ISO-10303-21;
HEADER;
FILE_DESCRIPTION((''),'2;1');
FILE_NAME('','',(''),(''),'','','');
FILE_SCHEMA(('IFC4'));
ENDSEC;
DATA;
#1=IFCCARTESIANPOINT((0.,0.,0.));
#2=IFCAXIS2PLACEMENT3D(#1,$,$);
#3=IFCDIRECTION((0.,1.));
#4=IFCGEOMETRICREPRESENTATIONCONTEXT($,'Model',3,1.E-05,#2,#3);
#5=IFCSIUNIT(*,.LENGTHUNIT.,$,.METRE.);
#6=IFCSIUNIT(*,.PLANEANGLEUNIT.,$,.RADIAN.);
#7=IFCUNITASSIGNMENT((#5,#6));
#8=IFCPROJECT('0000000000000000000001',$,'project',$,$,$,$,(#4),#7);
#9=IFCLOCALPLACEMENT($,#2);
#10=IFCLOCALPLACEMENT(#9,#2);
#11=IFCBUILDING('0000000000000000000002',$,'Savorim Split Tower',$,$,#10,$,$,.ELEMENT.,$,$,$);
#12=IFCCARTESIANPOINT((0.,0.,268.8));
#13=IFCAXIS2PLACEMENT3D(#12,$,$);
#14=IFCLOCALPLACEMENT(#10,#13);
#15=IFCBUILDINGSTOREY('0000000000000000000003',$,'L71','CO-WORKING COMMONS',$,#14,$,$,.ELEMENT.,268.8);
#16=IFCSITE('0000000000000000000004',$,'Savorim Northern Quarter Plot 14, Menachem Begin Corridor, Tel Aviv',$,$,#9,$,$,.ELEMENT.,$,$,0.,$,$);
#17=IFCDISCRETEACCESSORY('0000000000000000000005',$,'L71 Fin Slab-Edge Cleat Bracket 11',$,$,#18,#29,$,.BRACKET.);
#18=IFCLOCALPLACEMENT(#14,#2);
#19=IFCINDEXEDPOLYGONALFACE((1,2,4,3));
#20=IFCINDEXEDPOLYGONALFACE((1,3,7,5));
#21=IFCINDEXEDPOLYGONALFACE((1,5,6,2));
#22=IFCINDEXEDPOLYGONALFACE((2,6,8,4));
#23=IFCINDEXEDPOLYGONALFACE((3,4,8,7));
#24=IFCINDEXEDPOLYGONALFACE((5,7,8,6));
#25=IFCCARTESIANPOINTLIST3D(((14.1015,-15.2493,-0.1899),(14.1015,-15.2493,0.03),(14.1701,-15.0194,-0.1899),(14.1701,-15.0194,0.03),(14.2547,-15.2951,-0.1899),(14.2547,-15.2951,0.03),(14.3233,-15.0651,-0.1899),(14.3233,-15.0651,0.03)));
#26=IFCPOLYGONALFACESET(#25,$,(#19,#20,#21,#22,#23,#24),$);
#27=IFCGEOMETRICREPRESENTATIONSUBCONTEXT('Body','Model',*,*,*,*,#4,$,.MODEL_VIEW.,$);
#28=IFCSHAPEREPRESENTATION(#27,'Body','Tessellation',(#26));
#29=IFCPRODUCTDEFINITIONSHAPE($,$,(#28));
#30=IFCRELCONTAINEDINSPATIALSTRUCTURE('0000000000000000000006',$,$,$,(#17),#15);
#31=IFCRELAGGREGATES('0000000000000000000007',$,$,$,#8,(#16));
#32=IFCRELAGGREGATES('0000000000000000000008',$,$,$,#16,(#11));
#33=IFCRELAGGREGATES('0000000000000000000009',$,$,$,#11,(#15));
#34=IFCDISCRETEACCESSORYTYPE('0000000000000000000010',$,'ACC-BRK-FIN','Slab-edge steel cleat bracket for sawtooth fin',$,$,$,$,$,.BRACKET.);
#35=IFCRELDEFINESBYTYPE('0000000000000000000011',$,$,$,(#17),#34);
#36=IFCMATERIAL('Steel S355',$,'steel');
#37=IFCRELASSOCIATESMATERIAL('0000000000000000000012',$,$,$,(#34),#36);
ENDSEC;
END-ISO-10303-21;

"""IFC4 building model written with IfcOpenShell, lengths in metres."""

from ifc_helpers import new_model, si_unit, direction, frame, origin, origin_2d, place, context, subcontext, project, spatial, rectangle, extrude, material, type_object, element, save


model = new_model("IFC4")

# Units and contexts
model_context = context("Model", 3, precision=1e-05, world=origin(), true_north=direction((0.0, 1.0)))
body_context = subcontext(model_context, "Body", "Model", "MODEL_VIEW")
ifc_project = project(units=[si_unit("LENGTHUNIT", "METRE"), si_unit("PLANEANGLEUNIT", "RADIAN")], contexts=[model_context])

# Site, building, storey
site_placement = place(None, origin())
site = spatial("IfcSite", under=ifc_project, at=site_placement, Name="Savorim Northern Quarter Plot 14, Menachem Begin Corridor, Tel Aviv", CompositionType="ELEMENT", RefElevation=0.0)
building_placement = place(site_placement, origin())
building = spatial("IfcBuilding", under=site, at=building_placement, Name="Savorim Split Tower", CompositionType="ELEMENT")
storey_placement = place(building_placement, frame((0.0, 0.0, 268.8)))
storey = spatial("IfcBuildingStorey", under=building, at=storey_placement, Name="L71", Description="CO-WORKING COMMONS", CompositionType="ELEMENT", Elevation=268.8)

# Shared definitions
ifc_material_1 = material(Name="Steel S355", Category="steel")

# Discrete accessory
discrete_accessory_type = type_object("IfcDiscreteAccessoryType", Name="ACC-BRK-FIN", Description="Slab-edge steel cleat bracket for sawtooth fin", PredefinedType="BRACKET", material=ifc_material_1)
for number, where, z_axis, x_axis, name in (
    (1, (14.2124, -15.1572, -0.1899), (0.0, 0.0, 1.0), (-0.286026, -0.958222, 0.0), "L71 Fin Slab-Edge Cleat Bracket 11"),
):
    element("IfcDiscreteAccessory", number, at=place(storey_placement, frame(where, z_axis=z_axis, x_axis=x_axis)), inside=storey, type_object=discrete_accessory_type, Name=name, PredefinedType="BRACKET", context=body_context, shape_type="SweptSolid", body=[
        extrude(rectangle(XDim=0.24, YDim=0.1599, at=origin_2d()), origin(), (0.0, 0.0, 1.0), 0.22),
    ])

save(model, "model.ifc")
